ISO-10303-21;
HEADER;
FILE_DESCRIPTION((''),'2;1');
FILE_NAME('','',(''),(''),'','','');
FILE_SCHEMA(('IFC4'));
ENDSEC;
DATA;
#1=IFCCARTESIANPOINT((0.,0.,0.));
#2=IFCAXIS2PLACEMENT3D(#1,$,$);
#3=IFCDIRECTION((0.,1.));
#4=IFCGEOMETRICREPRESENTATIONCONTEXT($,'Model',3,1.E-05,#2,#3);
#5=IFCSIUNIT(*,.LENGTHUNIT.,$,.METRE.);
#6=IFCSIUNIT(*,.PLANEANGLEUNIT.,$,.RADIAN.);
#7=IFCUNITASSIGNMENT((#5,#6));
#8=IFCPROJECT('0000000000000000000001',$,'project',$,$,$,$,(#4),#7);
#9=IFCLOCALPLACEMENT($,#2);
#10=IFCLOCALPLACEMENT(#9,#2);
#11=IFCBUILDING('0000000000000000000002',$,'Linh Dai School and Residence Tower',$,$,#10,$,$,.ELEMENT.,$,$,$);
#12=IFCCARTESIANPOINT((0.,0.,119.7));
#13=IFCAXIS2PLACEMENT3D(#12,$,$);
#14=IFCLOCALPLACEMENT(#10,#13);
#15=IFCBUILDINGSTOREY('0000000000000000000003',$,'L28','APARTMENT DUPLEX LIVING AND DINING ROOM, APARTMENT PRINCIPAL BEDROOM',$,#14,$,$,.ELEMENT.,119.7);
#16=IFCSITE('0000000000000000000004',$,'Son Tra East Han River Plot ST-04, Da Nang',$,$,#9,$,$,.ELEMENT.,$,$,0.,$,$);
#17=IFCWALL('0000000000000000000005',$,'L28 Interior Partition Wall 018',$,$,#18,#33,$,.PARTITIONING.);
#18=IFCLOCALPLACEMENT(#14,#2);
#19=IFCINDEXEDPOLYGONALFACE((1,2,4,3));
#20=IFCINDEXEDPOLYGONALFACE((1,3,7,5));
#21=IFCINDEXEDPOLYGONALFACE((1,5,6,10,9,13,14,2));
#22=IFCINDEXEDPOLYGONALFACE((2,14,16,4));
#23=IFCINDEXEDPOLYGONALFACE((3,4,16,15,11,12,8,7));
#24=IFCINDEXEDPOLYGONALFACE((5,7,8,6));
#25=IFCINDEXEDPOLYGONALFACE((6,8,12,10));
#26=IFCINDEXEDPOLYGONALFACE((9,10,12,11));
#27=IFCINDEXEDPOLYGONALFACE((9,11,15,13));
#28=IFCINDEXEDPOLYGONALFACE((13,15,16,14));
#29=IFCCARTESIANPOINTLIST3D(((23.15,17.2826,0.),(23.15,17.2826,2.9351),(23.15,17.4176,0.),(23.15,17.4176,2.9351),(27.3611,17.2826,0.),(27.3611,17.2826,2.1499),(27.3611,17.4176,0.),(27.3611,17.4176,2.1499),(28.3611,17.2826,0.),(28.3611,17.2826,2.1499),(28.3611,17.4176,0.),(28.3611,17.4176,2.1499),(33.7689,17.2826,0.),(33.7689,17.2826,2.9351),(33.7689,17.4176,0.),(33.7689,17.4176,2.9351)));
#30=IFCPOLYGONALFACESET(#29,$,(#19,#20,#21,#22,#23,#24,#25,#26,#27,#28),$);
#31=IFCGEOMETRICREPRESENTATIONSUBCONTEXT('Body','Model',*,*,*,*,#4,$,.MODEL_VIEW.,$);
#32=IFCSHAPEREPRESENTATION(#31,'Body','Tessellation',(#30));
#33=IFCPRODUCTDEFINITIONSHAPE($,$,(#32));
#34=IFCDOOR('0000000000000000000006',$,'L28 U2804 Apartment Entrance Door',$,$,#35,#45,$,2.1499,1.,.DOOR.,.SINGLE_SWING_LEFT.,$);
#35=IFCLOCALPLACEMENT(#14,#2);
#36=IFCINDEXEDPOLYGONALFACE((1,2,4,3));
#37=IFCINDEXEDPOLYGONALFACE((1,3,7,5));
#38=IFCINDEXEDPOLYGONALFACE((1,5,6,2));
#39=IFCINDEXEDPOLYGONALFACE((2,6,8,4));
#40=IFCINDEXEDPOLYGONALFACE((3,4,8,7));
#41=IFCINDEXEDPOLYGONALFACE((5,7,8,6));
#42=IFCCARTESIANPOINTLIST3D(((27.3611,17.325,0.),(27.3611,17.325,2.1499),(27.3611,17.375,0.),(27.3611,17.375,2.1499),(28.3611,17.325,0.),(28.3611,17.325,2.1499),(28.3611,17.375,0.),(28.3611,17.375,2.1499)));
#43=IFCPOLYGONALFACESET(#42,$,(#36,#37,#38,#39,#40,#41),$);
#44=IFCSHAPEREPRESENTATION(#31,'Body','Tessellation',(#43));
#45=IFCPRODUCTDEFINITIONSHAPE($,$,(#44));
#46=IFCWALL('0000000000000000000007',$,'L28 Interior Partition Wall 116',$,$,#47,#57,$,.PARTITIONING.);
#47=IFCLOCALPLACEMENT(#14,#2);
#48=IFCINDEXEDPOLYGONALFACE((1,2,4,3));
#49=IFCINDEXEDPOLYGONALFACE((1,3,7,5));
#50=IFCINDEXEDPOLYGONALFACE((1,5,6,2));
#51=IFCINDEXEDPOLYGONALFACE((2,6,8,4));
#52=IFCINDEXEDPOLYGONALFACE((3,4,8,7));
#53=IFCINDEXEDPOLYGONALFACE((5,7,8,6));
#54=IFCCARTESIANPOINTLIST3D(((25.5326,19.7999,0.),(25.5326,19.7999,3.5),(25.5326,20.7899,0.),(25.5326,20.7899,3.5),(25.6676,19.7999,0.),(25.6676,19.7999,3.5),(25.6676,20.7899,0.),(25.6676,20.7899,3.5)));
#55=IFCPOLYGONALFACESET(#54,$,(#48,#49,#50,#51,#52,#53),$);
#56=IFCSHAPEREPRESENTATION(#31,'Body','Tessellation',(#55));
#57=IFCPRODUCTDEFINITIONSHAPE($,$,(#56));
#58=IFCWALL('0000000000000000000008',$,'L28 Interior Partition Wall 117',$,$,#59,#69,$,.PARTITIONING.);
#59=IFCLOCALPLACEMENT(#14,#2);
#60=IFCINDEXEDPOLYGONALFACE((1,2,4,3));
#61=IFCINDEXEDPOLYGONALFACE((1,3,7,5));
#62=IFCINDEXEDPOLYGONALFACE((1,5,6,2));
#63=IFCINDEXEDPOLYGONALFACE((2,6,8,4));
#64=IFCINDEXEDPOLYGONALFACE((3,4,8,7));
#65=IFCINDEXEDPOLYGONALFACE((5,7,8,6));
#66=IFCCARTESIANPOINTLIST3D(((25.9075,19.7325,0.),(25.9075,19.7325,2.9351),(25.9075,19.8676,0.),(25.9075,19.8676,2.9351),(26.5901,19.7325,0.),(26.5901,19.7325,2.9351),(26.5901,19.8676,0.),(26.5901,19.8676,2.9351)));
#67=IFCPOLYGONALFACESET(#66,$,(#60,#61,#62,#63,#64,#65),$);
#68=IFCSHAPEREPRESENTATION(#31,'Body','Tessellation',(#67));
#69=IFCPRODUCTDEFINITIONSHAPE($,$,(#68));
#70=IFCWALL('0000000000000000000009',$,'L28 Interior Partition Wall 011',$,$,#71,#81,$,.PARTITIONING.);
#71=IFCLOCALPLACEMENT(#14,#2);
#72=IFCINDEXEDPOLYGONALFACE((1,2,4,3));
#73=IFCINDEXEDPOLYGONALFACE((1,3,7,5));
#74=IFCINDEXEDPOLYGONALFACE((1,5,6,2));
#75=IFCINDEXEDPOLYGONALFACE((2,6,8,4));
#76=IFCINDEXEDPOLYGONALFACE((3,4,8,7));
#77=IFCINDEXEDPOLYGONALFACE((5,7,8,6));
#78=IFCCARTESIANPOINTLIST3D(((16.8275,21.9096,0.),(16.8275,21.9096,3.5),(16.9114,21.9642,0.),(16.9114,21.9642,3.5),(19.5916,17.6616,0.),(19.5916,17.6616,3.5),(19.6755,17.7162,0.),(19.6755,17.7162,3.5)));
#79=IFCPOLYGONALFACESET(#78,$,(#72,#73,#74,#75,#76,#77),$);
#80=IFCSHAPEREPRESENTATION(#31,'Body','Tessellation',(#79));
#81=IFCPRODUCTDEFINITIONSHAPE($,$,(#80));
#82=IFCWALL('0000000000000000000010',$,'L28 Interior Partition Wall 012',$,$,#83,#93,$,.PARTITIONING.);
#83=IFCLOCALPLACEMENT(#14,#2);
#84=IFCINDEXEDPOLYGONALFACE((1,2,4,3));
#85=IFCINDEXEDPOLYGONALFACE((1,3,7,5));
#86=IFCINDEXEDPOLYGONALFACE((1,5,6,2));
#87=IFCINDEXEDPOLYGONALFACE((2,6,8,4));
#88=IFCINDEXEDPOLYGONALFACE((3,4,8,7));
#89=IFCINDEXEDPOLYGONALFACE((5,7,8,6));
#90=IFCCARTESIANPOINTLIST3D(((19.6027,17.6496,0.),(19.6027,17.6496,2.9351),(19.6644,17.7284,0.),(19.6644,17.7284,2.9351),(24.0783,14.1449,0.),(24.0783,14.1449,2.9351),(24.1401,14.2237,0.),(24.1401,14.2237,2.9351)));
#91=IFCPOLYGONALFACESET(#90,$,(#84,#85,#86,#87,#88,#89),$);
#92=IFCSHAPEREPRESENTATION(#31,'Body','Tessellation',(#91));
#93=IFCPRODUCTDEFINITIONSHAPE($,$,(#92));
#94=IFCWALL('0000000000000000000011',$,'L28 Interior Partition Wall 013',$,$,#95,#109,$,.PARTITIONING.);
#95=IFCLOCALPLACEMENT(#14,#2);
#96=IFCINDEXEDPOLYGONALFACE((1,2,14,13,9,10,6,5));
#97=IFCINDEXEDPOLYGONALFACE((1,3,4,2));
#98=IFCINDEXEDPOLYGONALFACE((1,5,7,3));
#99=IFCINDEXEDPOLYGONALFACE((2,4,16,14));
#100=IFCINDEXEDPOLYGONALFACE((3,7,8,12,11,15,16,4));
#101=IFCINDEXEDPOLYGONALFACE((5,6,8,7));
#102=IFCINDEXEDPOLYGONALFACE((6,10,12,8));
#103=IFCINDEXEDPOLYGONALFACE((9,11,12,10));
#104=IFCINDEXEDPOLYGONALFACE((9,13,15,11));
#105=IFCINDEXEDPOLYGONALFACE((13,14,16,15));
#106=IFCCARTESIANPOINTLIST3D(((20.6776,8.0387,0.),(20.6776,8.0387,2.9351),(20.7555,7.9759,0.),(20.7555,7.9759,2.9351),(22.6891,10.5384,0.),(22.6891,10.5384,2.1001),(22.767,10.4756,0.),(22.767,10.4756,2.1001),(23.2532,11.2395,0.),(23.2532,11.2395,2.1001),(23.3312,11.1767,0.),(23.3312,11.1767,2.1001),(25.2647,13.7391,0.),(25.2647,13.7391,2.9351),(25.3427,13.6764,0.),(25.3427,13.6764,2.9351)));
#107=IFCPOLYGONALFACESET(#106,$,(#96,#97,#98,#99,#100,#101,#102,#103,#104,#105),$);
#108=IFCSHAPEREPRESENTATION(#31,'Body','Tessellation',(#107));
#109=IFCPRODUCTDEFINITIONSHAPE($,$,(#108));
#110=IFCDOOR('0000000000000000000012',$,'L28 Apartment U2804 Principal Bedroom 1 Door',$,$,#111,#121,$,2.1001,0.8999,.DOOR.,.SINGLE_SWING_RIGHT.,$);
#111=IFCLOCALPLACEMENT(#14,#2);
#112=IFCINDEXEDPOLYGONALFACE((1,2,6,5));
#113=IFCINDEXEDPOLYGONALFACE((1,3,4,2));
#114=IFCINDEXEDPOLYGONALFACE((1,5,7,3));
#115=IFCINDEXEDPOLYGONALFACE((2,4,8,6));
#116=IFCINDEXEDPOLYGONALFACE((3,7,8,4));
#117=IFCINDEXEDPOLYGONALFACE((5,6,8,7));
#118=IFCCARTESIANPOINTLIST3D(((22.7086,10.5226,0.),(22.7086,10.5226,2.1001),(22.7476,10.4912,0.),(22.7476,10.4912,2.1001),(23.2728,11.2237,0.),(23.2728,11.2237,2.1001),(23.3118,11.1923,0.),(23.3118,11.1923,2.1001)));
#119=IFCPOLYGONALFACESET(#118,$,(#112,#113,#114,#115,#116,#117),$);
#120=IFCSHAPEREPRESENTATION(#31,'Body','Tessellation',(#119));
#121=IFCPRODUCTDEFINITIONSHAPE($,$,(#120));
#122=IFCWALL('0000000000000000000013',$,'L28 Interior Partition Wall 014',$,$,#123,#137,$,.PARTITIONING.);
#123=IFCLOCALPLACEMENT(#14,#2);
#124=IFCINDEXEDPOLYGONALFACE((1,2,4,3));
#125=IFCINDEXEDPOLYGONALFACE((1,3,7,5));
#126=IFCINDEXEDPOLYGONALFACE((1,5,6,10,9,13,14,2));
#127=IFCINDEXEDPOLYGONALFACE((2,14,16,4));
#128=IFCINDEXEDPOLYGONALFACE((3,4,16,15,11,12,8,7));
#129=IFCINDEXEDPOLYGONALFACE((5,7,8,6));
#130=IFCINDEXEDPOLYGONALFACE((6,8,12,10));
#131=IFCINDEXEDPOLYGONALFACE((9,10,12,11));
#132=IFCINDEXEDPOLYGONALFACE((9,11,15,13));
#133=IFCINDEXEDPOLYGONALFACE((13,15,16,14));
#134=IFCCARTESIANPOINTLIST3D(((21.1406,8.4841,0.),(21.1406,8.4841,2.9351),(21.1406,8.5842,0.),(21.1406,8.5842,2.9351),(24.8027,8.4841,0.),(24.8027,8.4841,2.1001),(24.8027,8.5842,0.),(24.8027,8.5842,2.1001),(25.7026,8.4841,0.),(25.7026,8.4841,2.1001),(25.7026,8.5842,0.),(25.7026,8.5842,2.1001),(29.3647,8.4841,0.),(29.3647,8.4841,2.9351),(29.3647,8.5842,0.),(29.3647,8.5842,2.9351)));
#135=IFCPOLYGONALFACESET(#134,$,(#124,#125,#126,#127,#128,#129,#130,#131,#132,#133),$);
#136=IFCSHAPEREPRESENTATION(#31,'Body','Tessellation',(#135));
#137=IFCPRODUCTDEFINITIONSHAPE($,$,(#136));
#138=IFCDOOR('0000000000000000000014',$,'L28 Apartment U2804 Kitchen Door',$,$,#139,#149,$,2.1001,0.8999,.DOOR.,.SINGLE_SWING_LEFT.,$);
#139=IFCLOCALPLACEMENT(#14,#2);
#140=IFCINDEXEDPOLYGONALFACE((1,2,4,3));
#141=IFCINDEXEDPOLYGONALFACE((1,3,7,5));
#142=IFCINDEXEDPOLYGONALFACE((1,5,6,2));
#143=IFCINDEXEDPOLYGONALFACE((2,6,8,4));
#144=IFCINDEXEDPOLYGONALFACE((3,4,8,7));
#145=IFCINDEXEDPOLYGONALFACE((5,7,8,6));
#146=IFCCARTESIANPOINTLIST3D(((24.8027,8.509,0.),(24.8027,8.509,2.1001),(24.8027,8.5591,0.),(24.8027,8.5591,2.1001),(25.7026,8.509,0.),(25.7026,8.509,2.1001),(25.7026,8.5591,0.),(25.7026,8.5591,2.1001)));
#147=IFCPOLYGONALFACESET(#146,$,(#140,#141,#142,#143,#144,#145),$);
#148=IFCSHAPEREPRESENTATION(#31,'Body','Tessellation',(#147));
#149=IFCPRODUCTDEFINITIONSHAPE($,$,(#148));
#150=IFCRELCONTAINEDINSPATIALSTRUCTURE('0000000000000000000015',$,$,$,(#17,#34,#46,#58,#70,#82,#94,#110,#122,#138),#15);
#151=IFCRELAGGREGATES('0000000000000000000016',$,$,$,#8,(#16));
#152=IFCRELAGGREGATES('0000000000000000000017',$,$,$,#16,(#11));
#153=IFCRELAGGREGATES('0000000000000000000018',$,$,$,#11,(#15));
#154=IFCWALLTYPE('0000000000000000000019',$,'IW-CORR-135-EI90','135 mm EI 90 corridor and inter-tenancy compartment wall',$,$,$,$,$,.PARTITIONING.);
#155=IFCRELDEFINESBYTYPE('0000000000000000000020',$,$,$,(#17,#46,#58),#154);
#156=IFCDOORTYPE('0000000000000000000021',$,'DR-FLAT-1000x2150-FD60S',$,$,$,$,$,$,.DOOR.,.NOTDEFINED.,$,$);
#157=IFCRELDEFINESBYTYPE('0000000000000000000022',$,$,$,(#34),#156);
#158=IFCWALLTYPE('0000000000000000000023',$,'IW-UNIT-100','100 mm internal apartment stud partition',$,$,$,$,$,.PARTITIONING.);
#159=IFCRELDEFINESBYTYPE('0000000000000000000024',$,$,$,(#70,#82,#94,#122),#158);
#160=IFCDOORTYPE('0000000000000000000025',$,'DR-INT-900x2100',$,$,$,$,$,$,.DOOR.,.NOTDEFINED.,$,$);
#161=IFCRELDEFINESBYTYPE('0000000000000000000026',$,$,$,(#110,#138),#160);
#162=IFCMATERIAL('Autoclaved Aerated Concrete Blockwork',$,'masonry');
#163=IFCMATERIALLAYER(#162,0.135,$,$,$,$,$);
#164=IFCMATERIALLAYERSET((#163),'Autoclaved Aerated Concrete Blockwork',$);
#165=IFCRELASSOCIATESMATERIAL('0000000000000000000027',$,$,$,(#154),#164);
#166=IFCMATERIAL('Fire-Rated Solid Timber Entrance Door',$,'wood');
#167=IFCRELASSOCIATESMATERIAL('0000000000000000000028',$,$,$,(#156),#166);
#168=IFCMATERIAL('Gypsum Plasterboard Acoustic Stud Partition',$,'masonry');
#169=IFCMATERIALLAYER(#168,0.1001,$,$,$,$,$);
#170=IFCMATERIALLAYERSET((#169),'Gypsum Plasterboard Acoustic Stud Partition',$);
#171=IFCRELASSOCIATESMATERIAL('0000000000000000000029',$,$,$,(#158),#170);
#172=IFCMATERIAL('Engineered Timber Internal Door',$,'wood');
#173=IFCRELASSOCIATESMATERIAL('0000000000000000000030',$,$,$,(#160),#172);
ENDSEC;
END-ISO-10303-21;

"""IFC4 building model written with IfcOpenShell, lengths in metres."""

from ifc_helpers import new_model, si_unit, direction, frame, frame_2d, origin, origin_2d, place, context, subcontext, project, spatial, rectangle, extrude, source, transform, mapped, material, layer, layer_set, type_object, element, fill, save


model = new_model("IFC4")

# Units and contexts
model_context = context("Model", 3, precision=1e-05, world=origin(), true_north=direction((0.0, 1.0)))
body_context = subcontext(model_context, "Body", "Model", "MODEL_VIEW")
ifc_project = project(units=[si_unit("LENGTHUNIT", "METRE"), si_unit("PLANEANGLEUNIT", "RADIAN")], contexts=[model_context])

# Site, building, storey
site_placement = place(None, origin())
site = spatial("IfcSite", under=ifc_project, at=site_placement, Name="Son Tra East Han River Plot ST-04, Da Nang", CompositionType="ELEMENT", RefElevation=0.0)
building_placement = place(site_placement, origin())
building = spatial("IfcBuilding", under=site, at=building_placement, Name="Linh Dai School and Residence Tower", CompositionType="ELEMENT")
storey_placement = place(building_placement, frame((0.0, 0.0, 119.7)))
storey = spatial("IfcBuildingStorey", under=building, at=storey_placement, Name="L28", Description="APARTMENT DUPLEX LIVING AND DINING ROOM, APARTMENT PRINCIPAL BEDROOM", CompositionType="ELEMENT", Elevation=119.7)

# Shared definitions
ifc_material_1 = material(Name="Autoclaved Aerated Concrete Blockwork", Category="masonry")
ifc_layer_1 = layer(ifc_material_1, 0.135)
ifc_layer_set_1 = layer_set([ifc_layer_1], Name="Autoclaved Aerated Concrete Blockwork")
wall_type_1 = type_object("IfcWallType", Name="IW-CORR-135-EI90", Description="135 mm EI 90 corridor and inter-tenancy compartment wall", PredefinedType="PARTITIONING", material=ifc_layer_set_1)
ifc_material_2 = material(Name="Fire-Rated Solid Timber Entrance Door", Category="wood")
door_type_1 = type_object("IfcDoorType", Name="DR-FLAT-1000x2150-FD60S", OperationType="NOTDEFINED", PredefinedType="DOOR", material=ifc_material_2)
shared_shape_1 = source(origin(), body_context, "Body", "SweptSolid", [
    extrude(rectangle(XDim=1.0, YDim=2.1499, at=origin_2d()), frame((0.5, 0.0249, 1.075), z_axis=(0.0, -1.0, 0.0), x_axis=(1.0, 0.0, 0.0)), (0.0, 0.0, 1.0), 0.05),
])

# Wall, opening, door
wall_1_placement = place(storey_placement, frame((23.1499, 17.3501, 0.0), z_axis=(0.0, 0.0, 1.0), x_axis=(1.0, 0.0, 0.0)))
wall_1 = element("IfcWall", 1, at=wall_1_placement, inside=storey, type_object=wall_type_1, Name="L28 Interior Partition Wall 018", PredefinedType="PARTITIONING", context=body_context, shape_type="SweptSolid", body=[
    extrude(rectangle(XDim=10.6189, YDim=0.135, at=frame_2d((5.3096, 0.0))), origin(), (0.0, 0.0, 1.0), 2.9351),
])
opening_1_placement = place(wall_1_placement, frame((4.2112, 0.0, 0.0)))
opening_1 = element("IfcOpeningElement", 2, at=opening_1_placement, cuts=wall_1, PredefinedType="OPENING", context=body_context, shape_type="SweptSolid", body=[
    extrude(rectangle(XDim=1.0, YDim=2.1499, at=origin_2d()), frame((0.5, 0.0776, 1.075), z_axis=(0.0, -1.0, 0.0), x_axis=(1.0, 0.0, 0.0)), (0.0, 0.0, 1.0), 0.155),
])
door_1_placement = place(opening_1_placement, origin())
door_1 = element("IfcDoor", 3, at=door_1_placement, inside=storey, type_object=door_type_1, Name="L28 U2804 Apartment Entrance Door", OperationType="SINGLE_SWING_LEFT", OverallHeight=2.1499, OverallWidth=1.0, PredefinedType="DOOR", context=body_context, shape_type="MappedRepresentation", body=[
    mapped(shared_shape_1, transform((0.0, 0.0, 0.0), x_axis=(1.0, 0.0, 0.0), y_axis=(0.0, 1.0, 0.0), z_axis=(0.0, 0.0, 1.0), scale=1.0)),
])
fill(opening_1, door_1)

# Walls
wall_2_placement = place(storey_placement, frame((25.6001, 20.79, 0.0), z_axis=(0.0, 0.0, 1.0), x_axis=(0.0, -1.0, 0.0)))
element("IfcWall", 4, at=wall_2_placement, inside=storey, type_object=wall_type_1, Name="L28 Interior Partition Wall 116", PredefinedType="PARTITIONING", context=body_context, shape_type="SweptSolid", body=[
    extrude(rectangle(XDim=0.99, YDim=0.135, at=frame_2d((0.4951, 0.0))), origin(), (0.0, 0.0, 1.0), 3.5),
])
wall_3_placement = place(storey_placement, frame((25.9075, 19.8, 0.0), z_axis=(0.0, 0.0, 1.0), x_axis=(1.0, 0.0, 0.0)))
element("IfcWall", 5, at=wall_3_placement, inside=storey, type_object=wall_type_1, Name="L28 Interior Partition Wall 117", PredefinedType="PARTITIONING", context=body_context, shape_type="SweptSolid", body=[
    extrude(rectangle(XDim=0.6826, YDim=0.135, at=frame_2d((0.3413, 0.0))), origin(), (0.0, 0.0, 1.0), 2.9351),
])
ifc_material_3 = material(Name="Gypsum Plasterboard Acoustic Stud Partition", Category="masonry")
ifc_layer_2 = layer(ifc_material_3, 0.1001)
ifc_layer_set_2 = layer_set([ifc_layer_2], Name="Gypsum Plasterboard Acoustic Stud Partition")
wall_type_2 = type_object("IfcWallType", Name="IW-UNIT-100", Description="100 mm internal apartment stud partition", PredefinedType="PARTITIONING", material=ifc_layer_set_2)
wall_4_placement = place(storey_placement, frame((16.8694, 21.937, 0.0), z_axis=(0.0, 0.0, 1.0), x_axis=(0.545395, -0.838179, 0.0)))
element("IfcWall", 6, at=wall_4_placement, inside=storey, type_object=wall_type_2, Name="L28 Interior Partition Wall 011", PredefinedType="PARTITIONING", context=body_context, shape_type="SweptSolid", body=[
    extrude(rectangle(XDim=5.0681, YDim=0.1001, at=frame_2d((2.5342, 0.0))), origin(), (0.0, 0.0, 1.0), 3.5),
])
wall_5_placement = place(storey_placement, frame((19.6335, 17.689, 0.0), z_axis=(0.0, 0.0, 1.0), x_axis=(0.787334, -0.616527, 0.0)))
element("IfcWall", 7, at=wall_5_placement, inside=storey, type_object=wall_type_2, Name="L28 Interior Partition Wall 012", PredefinedType="PARTITIONING", context=body_context, shape_type="SweptSolid", body=[
    extrude(rectangle(XDim=5.6846, YDim=0.1001, at=frame_2d((2.8423, 0.0))), origin(), (0.0, 0.0, 1.0), 2.9351),
])

# Walls, openings, doors
wall_6_placement = place(storey_placement, frame((20.7166, 8.0073, 0.0), z_axis=(0.0, 0.0, 1.0), x_axis=(0.626926, 0.779078, 0.0)))
wall_6 = element("IfcWall", 8, at=wall_6_placement, inside=storey, type_object=wall_type_2, Name="L28 Interior Partition Wall 013", PredefinedType="PARTITIONING", context=body_context, shape_type="SweptSolid", body=[
    extrude(rectangle(XDim=7.3169, YDim=0.1001, at=frame_2d((3.6584, 0.0))), origin(), (0.0, 0.0, 1.0), 2.9351),
])
opening_2_placement = place(wall_6_placement, frame((3.2085, 0.0, 0.0)))
opening_2 = element("IfcOpeningElement", 9, at=opening_2_placement, cuts=wall_6, PredefinedType="OPENING", context=body_context, shape_type="SweptSolid", body=[
    extrude(rectangle(XDim=0.8999, YDim=2.1001, at=origin_2d()), frame((0.45, 0.0601, 1.05), z_axis=(0.0, -1.0, 0.0), x_axis=(1.0, 0.0, 0.0)), (0.0, 0.0, 1.0), 0.1201),
])
ifc_material_4 = material(Name="Engineered Timber Internal Door", Category="wood")
door_type_2 = type_object("IfcDoorType", Name="DR-INT-900x2100", OperationType="NOTDEFINED", PredefinedType="DOOR", material=ifc_material_4)
shared_shape_2 = source(origin(), body_context, "Body", "SweptSolid", [
    extrude(rectangle(XDim=0.8999, YDim=2.1001, at=origin_2d()), frame((0.45, 0.0249, 1.05), z_axis=(0.0, -1.0, 0.0), x_axis=(1.0, 0.0, 0.0)), (0.0, 0.0, 1.0), 0.05),
])
door_2_placement = place(opening_2_placement, origin())
door_2 = element("IfcDoor", 10, at=door_2_placement, inside=storey, type_object=door_type_2, Name="L28 Apartment U2804 Principal Bedroom 1 Door", OperationType="SINGLE_SWING_RIGHT", OverallHeight=2.1001, OverallWidth=0.8999, PredefinedType="DOOR", context=body_context, shape_type="MappedRepresentation", body=[
    mapped(shared_shape_2, transform((0.0, 0.0, 0.0), x_axis=(1.0, 0.0, 0.0), y_axis=(0.0, 1.0, 0.0), z_axis=(0.0, 0.0, 1.0), scale=1.0)),
])
fill(opening_2, door_2)
wall_7_placement = place(storey_placement, frame((21.1406, 8.5342, 0.0), z_axis=(0.0, 0.0, 1.0), x_axis=(1.0, 0.0, 0.0)))
wall_7 = element("IfcWall", 11, at=wall_7_placement, inside=storey, type_object=wall_type_2, Name="L28 Interior Partition Wall 014", PredefinedType="PARTITIONING", context=body_context, shape_type="SweptSolid", body=[
    extrude(rectangle(XDim=8.2241, YDim=0.1001, at=frame_2d((4.1121, 0.0))), origin(), (0.0, 0.0, 1.0), 2.9351),
])
opening_3_placement = place(wall_7_placement, frame((3.6621, 0.0, 0.0)))
opening_3 = element("IfcOpeningElement", 12, at=opening_3_placement, cuts=wall_7, PredefinedType="OPENING", context=body_context, shape_type="SweptSolid", body=[
    extrude(rectangle(XDim=0.8999, YDim=2.1001, at=origin_2d()), frame((0.45, 0.0601, 1.05), z_axis=(0.0, -1.0, 0.0), x_axis=(1.0, 0.0, 0.0)), (0.0, 0.0, 1.0), 0.1201),
])
door_3_placement = place(opening_3_placement, origin())
door_3 = element("IfcDoor", 13, at=door_3_placement, inside=storey, type_object=door_type_2, Name="L28 Apartment U2804 Kitchen Door", OperationType="SINGLE_SWING_LEFT", OverallHeight=2.1001, OverallWidth=0.8999, PredefinedType="DOOR", context=body_context, shape_type="MappedRepresentation", body=[
    mapped(shared_shape_2, transform((0.0, 0.0, 0.0), x_axis=(1.0, 0.0, 0.0), y_axis=(0.0, 1.0, 0.0), z_axis=(0.0, 0.0, 1.0), scale=1.0)),
])
fill(opening_3, door_3)

save(model, "model.ifc")
